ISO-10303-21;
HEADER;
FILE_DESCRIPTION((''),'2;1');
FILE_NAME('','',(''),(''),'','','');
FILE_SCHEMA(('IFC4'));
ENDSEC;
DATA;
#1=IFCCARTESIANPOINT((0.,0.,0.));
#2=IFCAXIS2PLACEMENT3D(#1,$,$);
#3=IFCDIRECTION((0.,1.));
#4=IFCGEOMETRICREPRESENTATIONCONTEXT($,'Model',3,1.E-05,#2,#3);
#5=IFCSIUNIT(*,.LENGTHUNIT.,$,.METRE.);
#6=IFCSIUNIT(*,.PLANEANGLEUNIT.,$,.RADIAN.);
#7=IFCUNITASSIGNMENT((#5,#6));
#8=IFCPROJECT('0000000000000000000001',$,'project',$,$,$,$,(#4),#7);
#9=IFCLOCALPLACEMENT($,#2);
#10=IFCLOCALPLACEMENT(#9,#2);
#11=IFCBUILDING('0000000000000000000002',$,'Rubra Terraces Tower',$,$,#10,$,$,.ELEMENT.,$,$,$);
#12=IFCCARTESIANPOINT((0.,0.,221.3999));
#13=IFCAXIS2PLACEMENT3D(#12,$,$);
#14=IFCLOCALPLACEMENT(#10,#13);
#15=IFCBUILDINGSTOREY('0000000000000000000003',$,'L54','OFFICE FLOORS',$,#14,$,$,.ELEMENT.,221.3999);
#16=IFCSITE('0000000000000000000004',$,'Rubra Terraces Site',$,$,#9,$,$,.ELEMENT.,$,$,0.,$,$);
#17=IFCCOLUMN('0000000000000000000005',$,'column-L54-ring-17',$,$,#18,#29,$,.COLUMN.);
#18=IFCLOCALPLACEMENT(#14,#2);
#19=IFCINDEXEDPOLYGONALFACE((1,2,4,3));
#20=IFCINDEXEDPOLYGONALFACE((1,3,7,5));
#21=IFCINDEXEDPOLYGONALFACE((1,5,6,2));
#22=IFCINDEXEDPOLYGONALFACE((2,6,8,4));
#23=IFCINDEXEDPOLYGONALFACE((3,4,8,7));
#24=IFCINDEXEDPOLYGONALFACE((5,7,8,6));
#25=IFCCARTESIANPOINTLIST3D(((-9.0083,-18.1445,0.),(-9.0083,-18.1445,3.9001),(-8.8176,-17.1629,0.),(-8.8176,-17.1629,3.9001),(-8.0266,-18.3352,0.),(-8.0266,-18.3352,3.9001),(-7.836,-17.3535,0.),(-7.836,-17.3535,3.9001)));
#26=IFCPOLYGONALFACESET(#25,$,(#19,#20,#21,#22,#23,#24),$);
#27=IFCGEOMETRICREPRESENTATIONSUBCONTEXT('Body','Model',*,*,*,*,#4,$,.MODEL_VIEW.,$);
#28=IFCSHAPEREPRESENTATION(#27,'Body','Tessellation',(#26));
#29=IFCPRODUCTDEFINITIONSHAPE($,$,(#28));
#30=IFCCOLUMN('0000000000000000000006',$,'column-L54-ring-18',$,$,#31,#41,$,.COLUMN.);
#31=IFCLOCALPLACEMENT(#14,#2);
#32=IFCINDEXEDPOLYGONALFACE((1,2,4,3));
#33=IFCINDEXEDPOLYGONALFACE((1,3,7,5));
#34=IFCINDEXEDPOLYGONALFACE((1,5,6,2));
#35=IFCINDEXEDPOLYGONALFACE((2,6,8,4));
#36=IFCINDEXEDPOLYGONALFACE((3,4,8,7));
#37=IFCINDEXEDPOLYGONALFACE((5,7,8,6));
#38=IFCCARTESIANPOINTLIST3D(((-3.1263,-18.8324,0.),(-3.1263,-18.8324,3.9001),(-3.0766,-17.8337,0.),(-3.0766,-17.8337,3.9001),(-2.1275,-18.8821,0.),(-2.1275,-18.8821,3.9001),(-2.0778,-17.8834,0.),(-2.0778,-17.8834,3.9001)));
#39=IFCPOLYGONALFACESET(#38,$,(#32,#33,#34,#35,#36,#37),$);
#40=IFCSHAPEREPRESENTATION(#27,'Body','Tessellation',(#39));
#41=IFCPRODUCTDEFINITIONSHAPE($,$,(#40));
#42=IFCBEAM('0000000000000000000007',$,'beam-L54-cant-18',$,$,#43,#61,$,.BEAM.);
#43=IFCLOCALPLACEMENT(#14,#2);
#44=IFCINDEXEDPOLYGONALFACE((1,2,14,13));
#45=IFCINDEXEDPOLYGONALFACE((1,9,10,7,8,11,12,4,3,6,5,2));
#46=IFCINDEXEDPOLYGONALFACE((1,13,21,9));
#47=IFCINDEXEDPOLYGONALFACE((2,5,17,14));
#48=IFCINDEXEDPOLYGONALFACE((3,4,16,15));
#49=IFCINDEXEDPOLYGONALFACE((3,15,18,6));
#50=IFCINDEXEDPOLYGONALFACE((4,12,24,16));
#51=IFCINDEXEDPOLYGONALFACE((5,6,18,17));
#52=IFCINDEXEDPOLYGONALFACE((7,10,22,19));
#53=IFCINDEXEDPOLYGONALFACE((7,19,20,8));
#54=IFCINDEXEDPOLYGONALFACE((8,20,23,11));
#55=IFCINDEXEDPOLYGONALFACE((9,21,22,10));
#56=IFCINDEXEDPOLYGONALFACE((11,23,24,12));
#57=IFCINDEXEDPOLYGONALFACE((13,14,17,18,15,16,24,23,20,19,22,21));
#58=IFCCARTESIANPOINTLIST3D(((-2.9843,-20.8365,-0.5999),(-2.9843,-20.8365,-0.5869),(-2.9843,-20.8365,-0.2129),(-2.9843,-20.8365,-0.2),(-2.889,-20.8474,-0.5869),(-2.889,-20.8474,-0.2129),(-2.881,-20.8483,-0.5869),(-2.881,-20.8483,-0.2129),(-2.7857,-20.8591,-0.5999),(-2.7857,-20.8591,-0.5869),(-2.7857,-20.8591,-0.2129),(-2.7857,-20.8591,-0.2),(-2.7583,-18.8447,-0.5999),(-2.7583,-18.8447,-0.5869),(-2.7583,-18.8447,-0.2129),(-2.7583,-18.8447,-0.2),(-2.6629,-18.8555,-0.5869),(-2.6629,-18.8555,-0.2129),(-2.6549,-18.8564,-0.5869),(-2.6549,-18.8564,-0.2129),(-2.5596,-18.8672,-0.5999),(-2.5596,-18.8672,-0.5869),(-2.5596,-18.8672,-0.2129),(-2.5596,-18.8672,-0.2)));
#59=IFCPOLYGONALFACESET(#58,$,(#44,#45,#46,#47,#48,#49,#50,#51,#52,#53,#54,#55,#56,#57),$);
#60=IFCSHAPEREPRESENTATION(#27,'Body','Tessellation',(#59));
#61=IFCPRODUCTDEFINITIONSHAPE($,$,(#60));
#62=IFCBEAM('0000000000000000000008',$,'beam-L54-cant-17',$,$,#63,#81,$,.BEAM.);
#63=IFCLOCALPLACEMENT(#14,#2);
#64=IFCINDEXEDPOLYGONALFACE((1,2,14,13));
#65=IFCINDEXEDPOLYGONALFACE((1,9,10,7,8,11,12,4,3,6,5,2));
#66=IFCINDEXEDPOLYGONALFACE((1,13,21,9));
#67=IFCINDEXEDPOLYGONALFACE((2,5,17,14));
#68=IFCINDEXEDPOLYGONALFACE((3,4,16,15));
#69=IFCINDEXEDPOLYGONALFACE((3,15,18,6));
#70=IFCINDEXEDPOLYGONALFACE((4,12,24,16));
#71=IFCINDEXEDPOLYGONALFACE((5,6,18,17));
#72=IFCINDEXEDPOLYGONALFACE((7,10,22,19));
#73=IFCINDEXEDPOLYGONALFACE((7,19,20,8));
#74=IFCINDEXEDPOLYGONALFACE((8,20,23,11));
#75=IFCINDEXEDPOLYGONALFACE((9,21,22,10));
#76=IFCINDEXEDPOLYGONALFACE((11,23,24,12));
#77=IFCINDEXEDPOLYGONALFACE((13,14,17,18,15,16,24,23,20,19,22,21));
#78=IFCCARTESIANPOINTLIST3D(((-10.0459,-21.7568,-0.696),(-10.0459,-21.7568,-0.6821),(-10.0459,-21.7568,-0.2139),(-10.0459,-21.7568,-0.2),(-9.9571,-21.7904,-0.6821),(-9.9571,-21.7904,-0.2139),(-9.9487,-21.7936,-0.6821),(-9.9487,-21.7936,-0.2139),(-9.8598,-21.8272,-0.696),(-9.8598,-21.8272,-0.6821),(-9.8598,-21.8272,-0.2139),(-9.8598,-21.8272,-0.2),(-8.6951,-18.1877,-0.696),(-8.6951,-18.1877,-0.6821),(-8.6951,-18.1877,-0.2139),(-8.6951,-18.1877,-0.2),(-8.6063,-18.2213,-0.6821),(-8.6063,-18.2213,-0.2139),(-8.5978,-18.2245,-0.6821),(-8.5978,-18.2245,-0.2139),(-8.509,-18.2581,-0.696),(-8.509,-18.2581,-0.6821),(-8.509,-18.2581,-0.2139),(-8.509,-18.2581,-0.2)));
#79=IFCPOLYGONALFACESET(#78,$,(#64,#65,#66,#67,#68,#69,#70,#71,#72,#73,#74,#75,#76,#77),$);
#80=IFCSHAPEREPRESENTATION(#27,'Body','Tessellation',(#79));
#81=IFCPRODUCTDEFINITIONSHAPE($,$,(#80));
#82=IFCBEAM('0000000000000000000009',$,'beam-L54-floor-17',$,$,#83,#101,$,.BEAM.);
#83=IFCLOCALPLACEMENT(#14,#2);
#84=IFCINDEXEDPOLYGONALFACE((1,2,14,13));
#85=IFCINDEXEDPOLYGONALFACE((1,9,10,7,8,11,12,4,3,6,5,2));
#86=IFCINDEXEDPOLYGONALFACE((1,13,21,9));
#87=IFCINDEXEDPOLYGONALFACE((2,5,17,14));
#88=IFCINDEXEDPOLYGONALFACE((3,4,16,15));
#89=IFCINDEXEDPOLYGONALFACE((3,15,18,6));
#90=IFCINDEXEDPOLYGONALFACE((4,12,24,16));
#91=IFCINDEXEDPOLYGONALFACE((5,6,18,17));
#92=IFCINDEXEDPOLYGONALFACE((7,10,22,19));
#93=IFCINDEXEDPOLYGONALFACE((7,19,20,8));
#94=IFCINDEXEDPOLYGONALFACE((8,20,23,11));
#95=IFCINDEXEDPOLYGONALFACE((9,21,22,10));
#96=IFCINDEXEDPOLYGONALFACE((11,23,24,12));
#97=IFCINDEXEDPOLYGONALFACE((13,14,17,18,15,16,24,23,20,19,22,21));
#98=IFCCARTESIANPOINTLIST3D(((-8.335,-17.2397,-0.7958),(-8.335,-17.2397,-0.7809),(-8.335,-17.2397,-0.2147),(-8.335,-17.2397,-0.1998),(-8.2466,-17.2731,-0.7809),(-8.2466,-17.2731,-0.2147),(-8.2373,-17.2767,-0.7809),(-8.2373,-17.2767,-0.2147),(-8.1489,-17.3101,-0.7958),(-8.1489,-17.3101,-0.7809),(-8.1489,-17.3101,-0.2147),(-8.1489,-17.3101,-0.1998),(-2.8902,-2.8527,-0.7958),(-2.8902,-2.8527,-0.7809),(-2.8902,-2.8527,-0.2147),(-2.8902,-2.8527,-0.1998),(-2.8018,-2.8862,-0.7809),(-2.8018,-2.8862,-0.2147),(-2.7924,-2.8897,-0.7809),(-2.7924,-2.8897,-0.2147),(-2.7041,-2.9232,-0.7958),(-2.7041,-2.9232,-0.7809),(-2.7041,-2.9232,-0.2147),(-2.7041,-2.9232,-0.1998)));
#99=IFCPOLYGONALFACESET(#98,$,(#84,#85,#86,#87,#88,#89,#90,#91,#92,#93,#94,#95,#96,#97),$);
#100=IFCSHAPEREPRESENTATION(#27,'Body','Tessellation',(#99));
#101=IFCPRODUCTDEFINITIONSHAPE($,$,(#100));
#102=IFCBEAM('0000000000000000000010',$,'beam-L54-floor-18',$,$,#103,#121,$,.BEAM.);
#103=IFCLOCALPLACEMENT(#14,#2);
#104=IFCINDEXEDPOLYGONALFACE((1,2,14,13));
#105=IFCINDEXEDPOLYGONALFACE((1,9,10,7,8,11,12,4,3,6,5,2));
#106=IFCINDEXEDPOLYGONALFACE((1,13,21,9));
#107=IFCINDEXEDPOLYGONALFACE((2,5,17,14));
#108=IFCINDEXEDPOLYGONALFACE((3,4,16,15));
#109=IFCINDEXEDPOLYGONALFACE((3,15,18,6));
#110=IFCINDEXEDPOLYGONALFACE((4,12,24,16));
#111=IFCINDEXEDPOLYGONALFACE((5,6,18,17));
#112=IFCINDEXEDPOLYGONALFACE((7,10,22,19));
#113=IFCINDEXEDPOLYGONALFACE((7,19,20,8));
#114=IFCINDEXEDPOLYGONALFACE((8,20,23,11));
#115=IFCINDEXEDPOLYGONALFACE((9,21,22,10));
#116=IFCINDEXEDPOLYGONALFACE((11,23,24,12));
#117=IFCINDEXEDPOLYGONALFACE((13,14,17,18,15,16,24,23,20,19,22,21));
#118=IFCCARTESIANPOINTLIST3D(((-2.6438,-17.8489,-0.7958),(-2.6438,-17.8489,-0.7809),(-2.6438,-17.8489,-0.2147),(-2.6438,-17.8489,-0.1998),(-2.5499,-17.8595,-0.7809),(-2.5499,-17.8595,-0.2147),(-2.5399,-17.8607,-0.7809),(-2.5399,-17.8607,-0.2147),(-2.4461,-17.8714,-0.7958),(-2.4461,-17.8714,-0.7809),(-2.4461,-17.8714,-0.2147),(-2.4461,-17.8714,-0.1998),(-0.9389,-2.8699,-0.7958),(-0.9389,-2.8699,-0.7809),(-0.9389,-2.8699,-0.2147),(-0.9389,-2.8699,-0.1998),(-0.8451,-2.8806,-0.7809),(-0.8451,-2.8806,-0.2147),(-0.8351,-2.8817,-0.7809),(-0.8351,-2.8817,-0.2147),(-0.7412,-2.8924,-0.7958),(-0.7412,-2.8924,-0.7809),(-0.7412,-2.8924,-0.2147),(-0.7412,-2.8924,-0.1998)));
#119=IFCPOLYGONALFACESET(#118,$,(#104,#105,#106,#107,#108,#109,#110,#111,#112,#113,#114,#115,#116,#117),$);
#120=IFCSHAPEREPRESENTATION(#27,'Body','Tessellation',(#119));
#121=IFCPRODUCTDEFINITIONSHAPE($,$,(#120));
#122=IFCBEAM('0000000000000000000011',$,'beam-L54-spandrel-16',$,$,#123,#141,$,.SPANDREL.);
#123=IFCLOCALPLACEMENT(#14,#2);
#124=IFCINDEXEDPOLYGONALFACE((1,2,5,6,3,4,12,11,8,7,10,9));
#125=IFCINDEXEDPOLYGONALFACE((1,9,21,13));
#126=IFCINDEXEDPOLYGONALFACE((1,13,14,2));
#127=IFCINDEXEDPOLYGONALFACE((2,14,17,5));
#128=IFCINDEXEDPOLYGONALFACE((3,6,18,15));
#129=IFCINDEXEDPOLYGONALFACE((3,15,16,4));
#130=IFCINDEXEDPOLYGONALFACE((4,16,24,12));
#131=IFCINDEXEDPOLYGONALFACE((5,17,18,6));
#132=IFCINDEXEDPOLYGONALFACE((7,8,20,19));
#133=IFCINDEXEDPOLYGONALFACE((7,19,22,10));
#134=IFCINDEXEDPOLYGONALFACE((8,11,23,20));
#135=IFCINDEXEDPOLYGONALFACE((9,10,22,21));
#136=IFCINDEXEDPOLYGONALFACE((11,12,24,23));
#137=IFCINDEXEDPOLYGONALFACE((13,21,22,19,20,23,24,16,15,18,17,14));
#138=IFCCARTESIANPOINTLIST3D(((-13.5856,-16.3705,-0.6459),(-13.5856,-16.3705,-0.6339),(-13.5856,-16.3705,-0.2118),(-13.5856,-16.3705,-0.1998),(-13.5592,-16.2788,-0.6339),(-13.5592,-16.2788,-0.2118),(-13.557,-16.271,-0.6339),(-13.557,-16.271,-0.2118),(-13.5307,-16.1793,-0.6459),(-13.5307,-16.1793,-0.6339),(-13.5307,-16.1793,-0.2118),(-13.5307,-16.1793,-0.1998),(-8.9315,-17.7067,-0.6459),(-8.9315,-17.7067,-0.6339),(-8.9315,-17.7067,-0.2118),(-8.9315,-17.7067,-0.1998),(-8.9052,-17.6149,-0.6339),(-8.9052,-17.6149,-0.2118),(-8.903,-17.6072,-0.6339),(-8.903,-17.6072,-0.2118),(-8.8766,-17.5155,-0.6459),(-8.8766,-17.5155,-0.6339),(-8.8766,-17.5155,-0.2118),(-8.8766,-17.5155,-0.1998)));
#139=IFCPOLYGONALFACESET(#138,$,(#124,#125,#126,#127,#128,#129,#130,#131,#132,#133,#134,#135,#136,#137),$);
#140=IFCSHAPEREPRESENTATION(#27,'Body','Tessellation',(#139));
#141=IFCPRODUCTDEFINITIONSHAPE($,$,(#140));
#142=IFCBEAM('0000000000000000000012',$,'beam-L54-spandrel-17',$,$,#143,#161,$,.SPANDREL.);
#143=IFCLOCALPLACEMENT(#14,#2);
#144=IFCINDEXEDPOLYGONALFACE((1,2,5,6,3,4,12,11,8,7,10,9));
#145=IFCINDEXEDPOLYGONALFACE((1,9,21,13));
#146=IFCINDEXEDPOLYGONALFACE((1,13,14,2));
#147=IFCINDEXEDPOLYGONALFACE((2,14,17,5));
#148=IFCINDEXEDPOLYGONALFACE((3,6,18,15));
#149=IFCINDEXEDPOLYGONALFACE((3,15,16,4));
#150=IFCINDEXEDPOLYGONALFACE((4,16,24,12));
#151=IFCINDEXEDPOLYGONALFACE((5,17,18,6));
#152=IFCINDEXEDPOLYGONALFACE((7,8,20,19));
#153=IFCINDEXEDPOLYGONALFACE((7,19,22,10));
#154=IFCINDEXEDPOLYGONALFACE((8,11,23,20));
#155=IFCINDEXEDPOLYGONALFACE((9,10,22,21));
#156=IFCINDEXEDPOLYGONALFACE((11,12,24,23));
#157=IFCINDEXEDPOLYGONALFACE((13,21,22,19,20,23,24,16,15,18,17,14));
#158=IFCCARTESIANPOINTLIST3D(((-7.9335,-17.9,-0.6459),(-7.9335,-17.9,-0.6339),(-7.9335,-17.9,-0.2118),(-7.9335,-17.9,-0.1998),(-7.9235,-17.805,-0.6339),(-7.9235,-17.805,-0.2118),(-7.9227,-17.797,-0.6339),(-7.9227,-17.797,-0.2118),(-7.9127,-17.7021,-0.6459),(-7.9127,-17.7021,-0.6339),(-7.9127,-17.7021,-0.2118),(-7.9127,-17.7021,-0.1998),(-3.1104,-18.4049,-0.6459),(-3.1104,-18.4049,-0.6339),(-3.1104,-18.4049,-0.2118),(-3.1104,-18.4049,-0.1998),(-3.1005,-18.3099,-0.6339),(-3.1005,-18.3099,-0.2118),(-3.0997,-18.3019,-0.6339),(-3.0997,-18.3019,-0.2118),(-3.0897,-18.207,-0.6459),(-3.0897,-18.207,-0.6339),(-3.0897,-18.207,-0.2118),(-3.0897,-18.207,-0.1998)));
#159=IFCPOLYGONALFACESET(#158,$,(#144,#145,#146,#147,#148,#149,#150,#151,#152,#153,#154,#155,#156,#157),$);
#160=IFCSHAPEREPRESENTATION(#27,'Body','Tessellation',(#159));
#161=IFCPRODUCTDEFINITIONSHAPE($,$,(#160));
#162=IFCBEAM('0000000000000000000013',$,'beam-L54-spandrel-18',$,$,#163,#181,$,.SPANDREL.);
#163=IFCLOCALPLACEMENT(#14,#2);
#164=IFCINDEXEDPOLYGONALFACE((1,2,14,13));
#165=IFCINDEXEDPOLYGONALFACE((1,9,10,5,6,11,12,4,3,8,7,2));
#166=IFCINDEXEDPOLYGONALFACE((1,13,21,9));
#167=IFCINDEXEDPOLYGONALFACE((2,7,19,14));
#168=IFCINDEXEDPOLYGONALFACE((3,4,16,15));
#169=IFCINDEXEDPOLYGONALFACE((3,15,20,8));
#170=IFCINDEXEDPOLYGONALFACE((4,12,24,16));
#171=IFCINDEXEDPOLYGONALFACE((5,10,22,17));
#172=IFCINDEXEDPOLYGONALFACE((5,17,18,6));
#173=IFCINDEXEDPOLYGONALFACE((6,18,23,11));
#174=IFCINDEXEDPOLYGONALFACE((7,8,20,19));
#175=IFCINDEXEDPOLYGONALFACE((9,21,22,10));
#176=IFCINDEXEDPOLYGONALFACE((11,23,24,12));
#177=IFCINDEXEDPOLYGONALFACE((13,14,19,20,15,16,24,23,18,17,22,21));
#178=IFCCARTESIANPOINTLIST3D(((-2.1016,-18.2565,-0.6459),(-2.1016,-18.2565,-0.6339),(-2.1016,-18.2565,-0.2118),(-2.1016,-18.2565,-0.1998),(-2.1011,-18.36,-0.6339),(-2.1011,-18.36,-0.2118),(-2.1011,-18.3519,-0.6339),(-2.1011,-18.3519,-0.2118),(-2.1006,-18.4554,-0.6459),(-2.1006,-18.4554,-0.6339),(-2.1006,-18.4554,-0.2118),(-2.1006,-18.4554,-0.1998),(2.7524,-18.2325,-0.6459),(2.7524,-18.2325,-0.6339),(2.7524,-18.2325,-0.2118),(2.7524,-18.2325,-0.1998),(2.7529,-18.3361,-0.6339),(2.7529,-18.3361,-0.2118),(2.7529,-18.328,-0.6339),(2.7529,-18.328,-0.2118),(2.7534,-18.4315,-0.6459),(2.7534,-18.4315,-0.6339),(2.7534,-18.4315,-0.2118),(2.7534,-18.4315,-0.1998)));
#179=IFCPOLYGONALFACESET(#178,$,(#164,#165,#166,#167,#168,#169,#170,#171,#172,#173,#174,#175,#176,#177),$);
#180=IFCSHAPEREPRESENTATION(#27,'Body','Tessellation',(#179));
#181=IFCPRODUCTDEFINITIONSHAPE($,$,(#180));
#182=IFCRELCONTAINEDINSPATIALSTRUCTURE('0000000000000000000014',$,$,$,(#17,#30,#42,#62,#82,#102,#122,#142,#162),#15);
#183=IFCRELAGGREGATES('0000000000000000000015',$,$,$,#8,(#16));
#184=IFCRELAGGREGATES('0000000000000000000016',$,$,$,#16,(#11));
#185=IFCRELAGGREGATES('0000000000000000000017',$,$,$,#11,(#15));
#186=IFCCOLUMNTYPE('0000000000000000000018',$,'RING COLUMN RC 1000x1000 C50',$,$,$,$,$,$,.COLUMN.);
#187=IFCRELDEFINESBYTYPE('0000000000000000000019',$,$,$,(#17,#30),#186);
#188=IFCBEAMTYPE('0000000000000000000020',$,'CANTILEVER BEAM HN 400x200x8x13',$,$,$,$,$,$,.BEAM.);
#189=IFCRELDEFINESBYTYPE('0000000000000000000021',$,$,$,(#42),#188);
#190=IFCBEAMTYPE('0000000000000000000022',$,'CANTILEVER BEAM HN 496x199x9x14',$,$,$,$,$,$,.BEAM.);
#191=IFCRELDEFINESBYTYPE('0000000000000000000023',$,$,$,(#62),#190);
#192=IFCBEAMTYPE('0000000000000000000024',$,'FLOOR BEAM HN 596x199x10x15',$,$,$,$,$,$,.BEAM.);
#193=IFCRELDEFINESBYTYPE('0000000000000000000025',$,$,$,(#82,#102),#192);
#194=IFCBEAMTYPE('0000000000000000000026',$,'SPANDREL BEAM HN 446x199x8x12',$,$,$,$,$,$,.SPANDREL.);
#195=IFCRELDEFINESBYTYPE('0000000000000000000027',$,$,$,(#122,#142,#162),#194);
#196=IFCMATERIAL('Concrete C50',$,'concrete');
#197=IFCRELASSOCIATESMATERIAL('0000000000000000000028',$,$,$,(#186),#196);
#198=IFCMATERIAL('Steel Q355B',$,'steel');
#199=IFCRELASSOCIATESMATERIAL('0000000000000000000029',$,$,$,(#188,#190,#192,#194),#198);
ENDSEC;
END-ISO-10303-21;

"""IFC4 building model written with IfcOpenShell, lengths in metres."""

from ifc_helpers import new_model, si_unit, direction, frame, origin, origin_2d, place, context, subcontext, project, spatial, rectangle, i_section, extrude, material, material_profile, profile_set, type_object, element, save


model = new_model("IFC4")

# Units and contexts
model_context = context("Model", 3, precision=1e-05, world=origin(), true_north=direction((0.0, 1.0)))
body_context = subcontext(model_context, "Body", "Model", "MODEL_VIEW")
ifc_project = project(units=[si_unit("LENGTHUNIT", "METRE"), si_unit("PLANEANGLEUNIT", "RADIAN")], contexts=[model_context])

# Site, building, storey
site_placement = place(None, origin())
site = spatial("IfcSite", under=ifc_project, at=site_placement, Name="Rubra Terraces Site", CompositionType="ELEMENT", RefElevation=0.0)
building_placement = place(site_placement, origin())
building = spatial("IfcBuilding", under=site, at=building_placement, Name="Rubra Terraces Tower", CompositionType="ELEMENT")
storey_placement = place(building_placement, frame((0.0, 0.0, 221.3999)))
storey = spatial("IfcBuildingStorey", under=building, at=storey_placement, Name="L54", Description="OFFICE FLOORS", CompositionType="ELEMENT", Elevation=221.3999)

# Columns
ifc_material_1 = material(Name="Concrete C50", Category="concrete")
ifc_material_profile_1 = material_profile(ifc_material_1, rectangle(XDim=1.0, YDim=1.0, at=origin_2d()), Name="RC 1000x1000")
ifc_profile_set_1 = profile_set([ifc_material_profile_1], Name="Concrete C50")
column_type = type_object("IfcColumnType", Name="RING COLUMN RC 1000x1000 C50", PredefinedType="COLUMN", material=ifc_profile_set_1)
for number, where, z_axis, x_axis, name in (
    (1, (-8.4221, -17.749, 0.0), (0.0, 0.0, 1.0), (0.981655, -0.190668, 0.0), "column-L54-ring-17"),
    (2, (-2.6021, -18.3579, 0.0), (0.0, 0.0, 1.0), (0.998764, -0.049699, 0.0), "column-L54-ring-18"),
):
    element("IfcColumn", number, at=place(storey_placement, frame(where, z_axis=z_axis, x_axis=x_axis)), inside=storey, type_object=column_type, Name=name, PredefinedType="COLUMN", context=body_context, shape_type="SweptSolid", body=[
        extrude(rectangle(XDim=1.0, YDim=1.0, at=origin_2d()), origin(), (0.0, 0.0, 1.0), 3.9001),
    ])

# Beams
ifc_material_2 = material(Name="Steel Q355B", Category="steel")
ifc_material_profile_2 = material_profile(ifc_material_2, i_section(OverallWidth=0.2, OverallDepth=0.3999, WebThickness=0.0081, FlangeThickness=0.0129, at=origin_2d()), Name="HN 400x200x8x13")
ifc_profile_set_2 = profile_set([ifc_material_profile_2], Name="Steel Q355B")
beam_type_1 = type_object("IfcBeamType", Name="CANTILEVER BEAM HN 400x200x8x13", PredefinedType="BEAM", material=ifc_profile_set_2)
beam_1_placement = place(storey_placement, frame((-2.6589, -18.856, -0.3999), z_axis=(-0.11277, -0.993621, 0.0), x_axis=(0.993621, -0.11277, 0.0)))
element("IfcBeam", 3, at=beam_1_placement, inside=storey, type_object=beam_type_1, Name="beam-L54-cant-18", PredefinedType="BEAM", context=body_context, shape_type="SweptSolid", body=[
    extrude(i_section(OverallWidth=0.2, OverallDepth=0.3999, WebThickness=0.0081, FlangeThickness=0.0129, at=origin_2d()), origin(), (0.0, 0.0, 1.0), 2.0046),
])
ifc_material_profile_3 = material_profile(ifc_material_2, i_section(OverallWidth=0.199, OverallDepth=0.4961, WebThickness=0.009, FlangeThickness=0.0139, at=origin_2d()), Name="HN 496x199x9x14")
ifc_profile_set_3 = profile_set([ifc_material_profile_3], Name="Steel Q355B")
beam_type_2 = type_object("IfcBeamType", Name="CANTILEVER BEAM HN 496x199x9x14", PredefinedType="BEAM", material=ifc_profile_set_3)
beam_2_placement = place(storey_placement, frame((-8.6021, -18.2229, -0.448), z_axis=(-0.353975, -0.935255, 0.0), x_axis=(0.935255, -0.353975, 0.0)))
element("IfcBeam", 4, at=beam_2_placement, inside=storey, type_object=beam_type_2, Name="beam-L54-cant-17", PredefinedType="BEAM", context=body_context, shape_type="SweptSolid", body=[
    extrude(i_section(OverallWidth=0.199, OverallDepth=0.4961, WebThickness=0.009, FlangeThickness=0.0139, at=origin_2d()), origin(), (0.0, 0.0, 1.0), 3.8162),
])
ifc_material_profile_4 = material_profile(ifc_material_2, i_section(OverallWidth=0.199, OverallDepth=0.5959, WebThickness=0.01, FlangeThickness=0.0149, at=origin_2d()), Name="HN 596x199x10x15")
ifc_profile_set_4 = profile_set([ifc_material_profile_4], Name="Steel Q355B")
beam_type_3 = type_object("IfcBeamType", Name="FLOOR BEAM HN 596x199x10x15", PredefinedType="BEAM", material=ifc_profile_set_4)
beam_3_placement = place(storey_placement, frame((-8.2419, -17.2749, -0.4978), z_axis=(0.353955, 0.935262, 0.0), x_axis=(-0.935262, 0.353955, 0.0)))
element("IfcBeam", 5, at=beam_3_placement, inside=storey, type_object=beam_type_3, Name="beam-L54-floor-17", PredefinedType="BEAM", context=body_context, shape_type="SweptSolid", body=[
    extrude(i_section(OverallWidth=0.199, OverallDepth=0.5959, WebThickness=0.01, FlangeThickness=0.0149, at=origin_2d()), origin(), (0.0, 0.0, 1.0), 15.3828),
])
beam_4_placement = place(storey_placement, frame((-2.5449, -17.8601, -0.4978), z_axis=(0.113085, 0.993585, 0.0), x_axis=(-0.993585, 0.113085, 0.0)))
element("IfcBeam", 6, at=beam_4_placement, inside=storey, type_object=beam_type_3, Name="beam-L54-floor-18", PredefinedType="BEAM", context=body_context, shape_type="SweptSolid", body=[
    extrude(i_section(OverallWidth=0.199, OverallDepth=0.5959, WebThickness=0.01, FlangeThickness=0.0149, at=origin_2d()), origin(), (0.0, 0.0, 1.0), 15.0757),
])
ifc_material_profile_5 = material_profile(ifc_material_2, i_section(OverallWidth=0.199, OverallDepth=0.446, WebThickness=0.0081, FlangeThickness=0.012, at=origin_2d()), Name="HN 446x199x8x12")
ifc_profile_set_5 = profile_set([ifc_material_profile_5], Name="Steel Q355B")
beam_type_4 = type_object("IfcBeamType", Name="SPANDREL BEAM HN 446x199x8x12", PredefinedType="SPANDREL", material=ifc_profile_set_5)
beam_5_placement = place(storey_placement, frame((-13.5581, -16.2749, -0.4229), z_axis=(0.961171, -0.275953, 0.0), x_axis=(0.275953, 0.961171, 0.0)))
element("IfcBeam", 7, at=beam_5_placement, inside=storey, type_object=beam_type_4, Name="beam-L54-spandrel-16", PredefinedType="SPANDREL", context=body_context, shape_type="SweptSolid", body=[
    extrude(i_section(OverallWidth=0.199, OverallDepth=0.446, WebThickness=0.0081, FlangeThickness=0.012, at=origin_2d()), origin(), (0.0, 0.0, 1.0), 4.842),
])
beam_6_placement = place(storey_placement, frame((-7.9231, -17.801, -0.4229), z_axis=(0.994565, -0.104113, 0.0), x_axis=(0.104113, 0.994565, 0.0)))
element("IfcBeam", 8, at=beam_6_placement, inside=storey, type_object=beam_type_4, Name="beam-L54-spandrel-17", PredefinedType="SPANDREL", context=body_context, shape_type="SweptSolid", body=[
    extrude(i_section(OverallWidth=0.199, OverallDepth=0.446, WebThickness=0.0081, FlangeThickness=0.012, at=origin_2d()), origin(), (0.0, 0.0, 1.0), 4.8494),
])
beam_7_placement = place(storey_placement, frame((-2.1011, -18.356, -0.4229), z_axis=(0.999988, 0.004929, 0.0), x_axis=(-0.004929, 0.999988, 0.0)))
element("IfcBeam", 9, at=beam_7_placement, inside=storey, type_object=beam_type_4, Name="beam-L54-spandrel-18", PredefinedType="SPANDREL", context=body_context, shape_type="SweptSolid", body=[
    extrude(i_section(OverallWidth=0.199, OverallDepth=0.446, WebThickness=0.0081, FlangeThickness=0.012, at=origin_2d()), origin(), (0.0, 0.0, 1.0), 4.854),
])

save(model, "model.ifc")
